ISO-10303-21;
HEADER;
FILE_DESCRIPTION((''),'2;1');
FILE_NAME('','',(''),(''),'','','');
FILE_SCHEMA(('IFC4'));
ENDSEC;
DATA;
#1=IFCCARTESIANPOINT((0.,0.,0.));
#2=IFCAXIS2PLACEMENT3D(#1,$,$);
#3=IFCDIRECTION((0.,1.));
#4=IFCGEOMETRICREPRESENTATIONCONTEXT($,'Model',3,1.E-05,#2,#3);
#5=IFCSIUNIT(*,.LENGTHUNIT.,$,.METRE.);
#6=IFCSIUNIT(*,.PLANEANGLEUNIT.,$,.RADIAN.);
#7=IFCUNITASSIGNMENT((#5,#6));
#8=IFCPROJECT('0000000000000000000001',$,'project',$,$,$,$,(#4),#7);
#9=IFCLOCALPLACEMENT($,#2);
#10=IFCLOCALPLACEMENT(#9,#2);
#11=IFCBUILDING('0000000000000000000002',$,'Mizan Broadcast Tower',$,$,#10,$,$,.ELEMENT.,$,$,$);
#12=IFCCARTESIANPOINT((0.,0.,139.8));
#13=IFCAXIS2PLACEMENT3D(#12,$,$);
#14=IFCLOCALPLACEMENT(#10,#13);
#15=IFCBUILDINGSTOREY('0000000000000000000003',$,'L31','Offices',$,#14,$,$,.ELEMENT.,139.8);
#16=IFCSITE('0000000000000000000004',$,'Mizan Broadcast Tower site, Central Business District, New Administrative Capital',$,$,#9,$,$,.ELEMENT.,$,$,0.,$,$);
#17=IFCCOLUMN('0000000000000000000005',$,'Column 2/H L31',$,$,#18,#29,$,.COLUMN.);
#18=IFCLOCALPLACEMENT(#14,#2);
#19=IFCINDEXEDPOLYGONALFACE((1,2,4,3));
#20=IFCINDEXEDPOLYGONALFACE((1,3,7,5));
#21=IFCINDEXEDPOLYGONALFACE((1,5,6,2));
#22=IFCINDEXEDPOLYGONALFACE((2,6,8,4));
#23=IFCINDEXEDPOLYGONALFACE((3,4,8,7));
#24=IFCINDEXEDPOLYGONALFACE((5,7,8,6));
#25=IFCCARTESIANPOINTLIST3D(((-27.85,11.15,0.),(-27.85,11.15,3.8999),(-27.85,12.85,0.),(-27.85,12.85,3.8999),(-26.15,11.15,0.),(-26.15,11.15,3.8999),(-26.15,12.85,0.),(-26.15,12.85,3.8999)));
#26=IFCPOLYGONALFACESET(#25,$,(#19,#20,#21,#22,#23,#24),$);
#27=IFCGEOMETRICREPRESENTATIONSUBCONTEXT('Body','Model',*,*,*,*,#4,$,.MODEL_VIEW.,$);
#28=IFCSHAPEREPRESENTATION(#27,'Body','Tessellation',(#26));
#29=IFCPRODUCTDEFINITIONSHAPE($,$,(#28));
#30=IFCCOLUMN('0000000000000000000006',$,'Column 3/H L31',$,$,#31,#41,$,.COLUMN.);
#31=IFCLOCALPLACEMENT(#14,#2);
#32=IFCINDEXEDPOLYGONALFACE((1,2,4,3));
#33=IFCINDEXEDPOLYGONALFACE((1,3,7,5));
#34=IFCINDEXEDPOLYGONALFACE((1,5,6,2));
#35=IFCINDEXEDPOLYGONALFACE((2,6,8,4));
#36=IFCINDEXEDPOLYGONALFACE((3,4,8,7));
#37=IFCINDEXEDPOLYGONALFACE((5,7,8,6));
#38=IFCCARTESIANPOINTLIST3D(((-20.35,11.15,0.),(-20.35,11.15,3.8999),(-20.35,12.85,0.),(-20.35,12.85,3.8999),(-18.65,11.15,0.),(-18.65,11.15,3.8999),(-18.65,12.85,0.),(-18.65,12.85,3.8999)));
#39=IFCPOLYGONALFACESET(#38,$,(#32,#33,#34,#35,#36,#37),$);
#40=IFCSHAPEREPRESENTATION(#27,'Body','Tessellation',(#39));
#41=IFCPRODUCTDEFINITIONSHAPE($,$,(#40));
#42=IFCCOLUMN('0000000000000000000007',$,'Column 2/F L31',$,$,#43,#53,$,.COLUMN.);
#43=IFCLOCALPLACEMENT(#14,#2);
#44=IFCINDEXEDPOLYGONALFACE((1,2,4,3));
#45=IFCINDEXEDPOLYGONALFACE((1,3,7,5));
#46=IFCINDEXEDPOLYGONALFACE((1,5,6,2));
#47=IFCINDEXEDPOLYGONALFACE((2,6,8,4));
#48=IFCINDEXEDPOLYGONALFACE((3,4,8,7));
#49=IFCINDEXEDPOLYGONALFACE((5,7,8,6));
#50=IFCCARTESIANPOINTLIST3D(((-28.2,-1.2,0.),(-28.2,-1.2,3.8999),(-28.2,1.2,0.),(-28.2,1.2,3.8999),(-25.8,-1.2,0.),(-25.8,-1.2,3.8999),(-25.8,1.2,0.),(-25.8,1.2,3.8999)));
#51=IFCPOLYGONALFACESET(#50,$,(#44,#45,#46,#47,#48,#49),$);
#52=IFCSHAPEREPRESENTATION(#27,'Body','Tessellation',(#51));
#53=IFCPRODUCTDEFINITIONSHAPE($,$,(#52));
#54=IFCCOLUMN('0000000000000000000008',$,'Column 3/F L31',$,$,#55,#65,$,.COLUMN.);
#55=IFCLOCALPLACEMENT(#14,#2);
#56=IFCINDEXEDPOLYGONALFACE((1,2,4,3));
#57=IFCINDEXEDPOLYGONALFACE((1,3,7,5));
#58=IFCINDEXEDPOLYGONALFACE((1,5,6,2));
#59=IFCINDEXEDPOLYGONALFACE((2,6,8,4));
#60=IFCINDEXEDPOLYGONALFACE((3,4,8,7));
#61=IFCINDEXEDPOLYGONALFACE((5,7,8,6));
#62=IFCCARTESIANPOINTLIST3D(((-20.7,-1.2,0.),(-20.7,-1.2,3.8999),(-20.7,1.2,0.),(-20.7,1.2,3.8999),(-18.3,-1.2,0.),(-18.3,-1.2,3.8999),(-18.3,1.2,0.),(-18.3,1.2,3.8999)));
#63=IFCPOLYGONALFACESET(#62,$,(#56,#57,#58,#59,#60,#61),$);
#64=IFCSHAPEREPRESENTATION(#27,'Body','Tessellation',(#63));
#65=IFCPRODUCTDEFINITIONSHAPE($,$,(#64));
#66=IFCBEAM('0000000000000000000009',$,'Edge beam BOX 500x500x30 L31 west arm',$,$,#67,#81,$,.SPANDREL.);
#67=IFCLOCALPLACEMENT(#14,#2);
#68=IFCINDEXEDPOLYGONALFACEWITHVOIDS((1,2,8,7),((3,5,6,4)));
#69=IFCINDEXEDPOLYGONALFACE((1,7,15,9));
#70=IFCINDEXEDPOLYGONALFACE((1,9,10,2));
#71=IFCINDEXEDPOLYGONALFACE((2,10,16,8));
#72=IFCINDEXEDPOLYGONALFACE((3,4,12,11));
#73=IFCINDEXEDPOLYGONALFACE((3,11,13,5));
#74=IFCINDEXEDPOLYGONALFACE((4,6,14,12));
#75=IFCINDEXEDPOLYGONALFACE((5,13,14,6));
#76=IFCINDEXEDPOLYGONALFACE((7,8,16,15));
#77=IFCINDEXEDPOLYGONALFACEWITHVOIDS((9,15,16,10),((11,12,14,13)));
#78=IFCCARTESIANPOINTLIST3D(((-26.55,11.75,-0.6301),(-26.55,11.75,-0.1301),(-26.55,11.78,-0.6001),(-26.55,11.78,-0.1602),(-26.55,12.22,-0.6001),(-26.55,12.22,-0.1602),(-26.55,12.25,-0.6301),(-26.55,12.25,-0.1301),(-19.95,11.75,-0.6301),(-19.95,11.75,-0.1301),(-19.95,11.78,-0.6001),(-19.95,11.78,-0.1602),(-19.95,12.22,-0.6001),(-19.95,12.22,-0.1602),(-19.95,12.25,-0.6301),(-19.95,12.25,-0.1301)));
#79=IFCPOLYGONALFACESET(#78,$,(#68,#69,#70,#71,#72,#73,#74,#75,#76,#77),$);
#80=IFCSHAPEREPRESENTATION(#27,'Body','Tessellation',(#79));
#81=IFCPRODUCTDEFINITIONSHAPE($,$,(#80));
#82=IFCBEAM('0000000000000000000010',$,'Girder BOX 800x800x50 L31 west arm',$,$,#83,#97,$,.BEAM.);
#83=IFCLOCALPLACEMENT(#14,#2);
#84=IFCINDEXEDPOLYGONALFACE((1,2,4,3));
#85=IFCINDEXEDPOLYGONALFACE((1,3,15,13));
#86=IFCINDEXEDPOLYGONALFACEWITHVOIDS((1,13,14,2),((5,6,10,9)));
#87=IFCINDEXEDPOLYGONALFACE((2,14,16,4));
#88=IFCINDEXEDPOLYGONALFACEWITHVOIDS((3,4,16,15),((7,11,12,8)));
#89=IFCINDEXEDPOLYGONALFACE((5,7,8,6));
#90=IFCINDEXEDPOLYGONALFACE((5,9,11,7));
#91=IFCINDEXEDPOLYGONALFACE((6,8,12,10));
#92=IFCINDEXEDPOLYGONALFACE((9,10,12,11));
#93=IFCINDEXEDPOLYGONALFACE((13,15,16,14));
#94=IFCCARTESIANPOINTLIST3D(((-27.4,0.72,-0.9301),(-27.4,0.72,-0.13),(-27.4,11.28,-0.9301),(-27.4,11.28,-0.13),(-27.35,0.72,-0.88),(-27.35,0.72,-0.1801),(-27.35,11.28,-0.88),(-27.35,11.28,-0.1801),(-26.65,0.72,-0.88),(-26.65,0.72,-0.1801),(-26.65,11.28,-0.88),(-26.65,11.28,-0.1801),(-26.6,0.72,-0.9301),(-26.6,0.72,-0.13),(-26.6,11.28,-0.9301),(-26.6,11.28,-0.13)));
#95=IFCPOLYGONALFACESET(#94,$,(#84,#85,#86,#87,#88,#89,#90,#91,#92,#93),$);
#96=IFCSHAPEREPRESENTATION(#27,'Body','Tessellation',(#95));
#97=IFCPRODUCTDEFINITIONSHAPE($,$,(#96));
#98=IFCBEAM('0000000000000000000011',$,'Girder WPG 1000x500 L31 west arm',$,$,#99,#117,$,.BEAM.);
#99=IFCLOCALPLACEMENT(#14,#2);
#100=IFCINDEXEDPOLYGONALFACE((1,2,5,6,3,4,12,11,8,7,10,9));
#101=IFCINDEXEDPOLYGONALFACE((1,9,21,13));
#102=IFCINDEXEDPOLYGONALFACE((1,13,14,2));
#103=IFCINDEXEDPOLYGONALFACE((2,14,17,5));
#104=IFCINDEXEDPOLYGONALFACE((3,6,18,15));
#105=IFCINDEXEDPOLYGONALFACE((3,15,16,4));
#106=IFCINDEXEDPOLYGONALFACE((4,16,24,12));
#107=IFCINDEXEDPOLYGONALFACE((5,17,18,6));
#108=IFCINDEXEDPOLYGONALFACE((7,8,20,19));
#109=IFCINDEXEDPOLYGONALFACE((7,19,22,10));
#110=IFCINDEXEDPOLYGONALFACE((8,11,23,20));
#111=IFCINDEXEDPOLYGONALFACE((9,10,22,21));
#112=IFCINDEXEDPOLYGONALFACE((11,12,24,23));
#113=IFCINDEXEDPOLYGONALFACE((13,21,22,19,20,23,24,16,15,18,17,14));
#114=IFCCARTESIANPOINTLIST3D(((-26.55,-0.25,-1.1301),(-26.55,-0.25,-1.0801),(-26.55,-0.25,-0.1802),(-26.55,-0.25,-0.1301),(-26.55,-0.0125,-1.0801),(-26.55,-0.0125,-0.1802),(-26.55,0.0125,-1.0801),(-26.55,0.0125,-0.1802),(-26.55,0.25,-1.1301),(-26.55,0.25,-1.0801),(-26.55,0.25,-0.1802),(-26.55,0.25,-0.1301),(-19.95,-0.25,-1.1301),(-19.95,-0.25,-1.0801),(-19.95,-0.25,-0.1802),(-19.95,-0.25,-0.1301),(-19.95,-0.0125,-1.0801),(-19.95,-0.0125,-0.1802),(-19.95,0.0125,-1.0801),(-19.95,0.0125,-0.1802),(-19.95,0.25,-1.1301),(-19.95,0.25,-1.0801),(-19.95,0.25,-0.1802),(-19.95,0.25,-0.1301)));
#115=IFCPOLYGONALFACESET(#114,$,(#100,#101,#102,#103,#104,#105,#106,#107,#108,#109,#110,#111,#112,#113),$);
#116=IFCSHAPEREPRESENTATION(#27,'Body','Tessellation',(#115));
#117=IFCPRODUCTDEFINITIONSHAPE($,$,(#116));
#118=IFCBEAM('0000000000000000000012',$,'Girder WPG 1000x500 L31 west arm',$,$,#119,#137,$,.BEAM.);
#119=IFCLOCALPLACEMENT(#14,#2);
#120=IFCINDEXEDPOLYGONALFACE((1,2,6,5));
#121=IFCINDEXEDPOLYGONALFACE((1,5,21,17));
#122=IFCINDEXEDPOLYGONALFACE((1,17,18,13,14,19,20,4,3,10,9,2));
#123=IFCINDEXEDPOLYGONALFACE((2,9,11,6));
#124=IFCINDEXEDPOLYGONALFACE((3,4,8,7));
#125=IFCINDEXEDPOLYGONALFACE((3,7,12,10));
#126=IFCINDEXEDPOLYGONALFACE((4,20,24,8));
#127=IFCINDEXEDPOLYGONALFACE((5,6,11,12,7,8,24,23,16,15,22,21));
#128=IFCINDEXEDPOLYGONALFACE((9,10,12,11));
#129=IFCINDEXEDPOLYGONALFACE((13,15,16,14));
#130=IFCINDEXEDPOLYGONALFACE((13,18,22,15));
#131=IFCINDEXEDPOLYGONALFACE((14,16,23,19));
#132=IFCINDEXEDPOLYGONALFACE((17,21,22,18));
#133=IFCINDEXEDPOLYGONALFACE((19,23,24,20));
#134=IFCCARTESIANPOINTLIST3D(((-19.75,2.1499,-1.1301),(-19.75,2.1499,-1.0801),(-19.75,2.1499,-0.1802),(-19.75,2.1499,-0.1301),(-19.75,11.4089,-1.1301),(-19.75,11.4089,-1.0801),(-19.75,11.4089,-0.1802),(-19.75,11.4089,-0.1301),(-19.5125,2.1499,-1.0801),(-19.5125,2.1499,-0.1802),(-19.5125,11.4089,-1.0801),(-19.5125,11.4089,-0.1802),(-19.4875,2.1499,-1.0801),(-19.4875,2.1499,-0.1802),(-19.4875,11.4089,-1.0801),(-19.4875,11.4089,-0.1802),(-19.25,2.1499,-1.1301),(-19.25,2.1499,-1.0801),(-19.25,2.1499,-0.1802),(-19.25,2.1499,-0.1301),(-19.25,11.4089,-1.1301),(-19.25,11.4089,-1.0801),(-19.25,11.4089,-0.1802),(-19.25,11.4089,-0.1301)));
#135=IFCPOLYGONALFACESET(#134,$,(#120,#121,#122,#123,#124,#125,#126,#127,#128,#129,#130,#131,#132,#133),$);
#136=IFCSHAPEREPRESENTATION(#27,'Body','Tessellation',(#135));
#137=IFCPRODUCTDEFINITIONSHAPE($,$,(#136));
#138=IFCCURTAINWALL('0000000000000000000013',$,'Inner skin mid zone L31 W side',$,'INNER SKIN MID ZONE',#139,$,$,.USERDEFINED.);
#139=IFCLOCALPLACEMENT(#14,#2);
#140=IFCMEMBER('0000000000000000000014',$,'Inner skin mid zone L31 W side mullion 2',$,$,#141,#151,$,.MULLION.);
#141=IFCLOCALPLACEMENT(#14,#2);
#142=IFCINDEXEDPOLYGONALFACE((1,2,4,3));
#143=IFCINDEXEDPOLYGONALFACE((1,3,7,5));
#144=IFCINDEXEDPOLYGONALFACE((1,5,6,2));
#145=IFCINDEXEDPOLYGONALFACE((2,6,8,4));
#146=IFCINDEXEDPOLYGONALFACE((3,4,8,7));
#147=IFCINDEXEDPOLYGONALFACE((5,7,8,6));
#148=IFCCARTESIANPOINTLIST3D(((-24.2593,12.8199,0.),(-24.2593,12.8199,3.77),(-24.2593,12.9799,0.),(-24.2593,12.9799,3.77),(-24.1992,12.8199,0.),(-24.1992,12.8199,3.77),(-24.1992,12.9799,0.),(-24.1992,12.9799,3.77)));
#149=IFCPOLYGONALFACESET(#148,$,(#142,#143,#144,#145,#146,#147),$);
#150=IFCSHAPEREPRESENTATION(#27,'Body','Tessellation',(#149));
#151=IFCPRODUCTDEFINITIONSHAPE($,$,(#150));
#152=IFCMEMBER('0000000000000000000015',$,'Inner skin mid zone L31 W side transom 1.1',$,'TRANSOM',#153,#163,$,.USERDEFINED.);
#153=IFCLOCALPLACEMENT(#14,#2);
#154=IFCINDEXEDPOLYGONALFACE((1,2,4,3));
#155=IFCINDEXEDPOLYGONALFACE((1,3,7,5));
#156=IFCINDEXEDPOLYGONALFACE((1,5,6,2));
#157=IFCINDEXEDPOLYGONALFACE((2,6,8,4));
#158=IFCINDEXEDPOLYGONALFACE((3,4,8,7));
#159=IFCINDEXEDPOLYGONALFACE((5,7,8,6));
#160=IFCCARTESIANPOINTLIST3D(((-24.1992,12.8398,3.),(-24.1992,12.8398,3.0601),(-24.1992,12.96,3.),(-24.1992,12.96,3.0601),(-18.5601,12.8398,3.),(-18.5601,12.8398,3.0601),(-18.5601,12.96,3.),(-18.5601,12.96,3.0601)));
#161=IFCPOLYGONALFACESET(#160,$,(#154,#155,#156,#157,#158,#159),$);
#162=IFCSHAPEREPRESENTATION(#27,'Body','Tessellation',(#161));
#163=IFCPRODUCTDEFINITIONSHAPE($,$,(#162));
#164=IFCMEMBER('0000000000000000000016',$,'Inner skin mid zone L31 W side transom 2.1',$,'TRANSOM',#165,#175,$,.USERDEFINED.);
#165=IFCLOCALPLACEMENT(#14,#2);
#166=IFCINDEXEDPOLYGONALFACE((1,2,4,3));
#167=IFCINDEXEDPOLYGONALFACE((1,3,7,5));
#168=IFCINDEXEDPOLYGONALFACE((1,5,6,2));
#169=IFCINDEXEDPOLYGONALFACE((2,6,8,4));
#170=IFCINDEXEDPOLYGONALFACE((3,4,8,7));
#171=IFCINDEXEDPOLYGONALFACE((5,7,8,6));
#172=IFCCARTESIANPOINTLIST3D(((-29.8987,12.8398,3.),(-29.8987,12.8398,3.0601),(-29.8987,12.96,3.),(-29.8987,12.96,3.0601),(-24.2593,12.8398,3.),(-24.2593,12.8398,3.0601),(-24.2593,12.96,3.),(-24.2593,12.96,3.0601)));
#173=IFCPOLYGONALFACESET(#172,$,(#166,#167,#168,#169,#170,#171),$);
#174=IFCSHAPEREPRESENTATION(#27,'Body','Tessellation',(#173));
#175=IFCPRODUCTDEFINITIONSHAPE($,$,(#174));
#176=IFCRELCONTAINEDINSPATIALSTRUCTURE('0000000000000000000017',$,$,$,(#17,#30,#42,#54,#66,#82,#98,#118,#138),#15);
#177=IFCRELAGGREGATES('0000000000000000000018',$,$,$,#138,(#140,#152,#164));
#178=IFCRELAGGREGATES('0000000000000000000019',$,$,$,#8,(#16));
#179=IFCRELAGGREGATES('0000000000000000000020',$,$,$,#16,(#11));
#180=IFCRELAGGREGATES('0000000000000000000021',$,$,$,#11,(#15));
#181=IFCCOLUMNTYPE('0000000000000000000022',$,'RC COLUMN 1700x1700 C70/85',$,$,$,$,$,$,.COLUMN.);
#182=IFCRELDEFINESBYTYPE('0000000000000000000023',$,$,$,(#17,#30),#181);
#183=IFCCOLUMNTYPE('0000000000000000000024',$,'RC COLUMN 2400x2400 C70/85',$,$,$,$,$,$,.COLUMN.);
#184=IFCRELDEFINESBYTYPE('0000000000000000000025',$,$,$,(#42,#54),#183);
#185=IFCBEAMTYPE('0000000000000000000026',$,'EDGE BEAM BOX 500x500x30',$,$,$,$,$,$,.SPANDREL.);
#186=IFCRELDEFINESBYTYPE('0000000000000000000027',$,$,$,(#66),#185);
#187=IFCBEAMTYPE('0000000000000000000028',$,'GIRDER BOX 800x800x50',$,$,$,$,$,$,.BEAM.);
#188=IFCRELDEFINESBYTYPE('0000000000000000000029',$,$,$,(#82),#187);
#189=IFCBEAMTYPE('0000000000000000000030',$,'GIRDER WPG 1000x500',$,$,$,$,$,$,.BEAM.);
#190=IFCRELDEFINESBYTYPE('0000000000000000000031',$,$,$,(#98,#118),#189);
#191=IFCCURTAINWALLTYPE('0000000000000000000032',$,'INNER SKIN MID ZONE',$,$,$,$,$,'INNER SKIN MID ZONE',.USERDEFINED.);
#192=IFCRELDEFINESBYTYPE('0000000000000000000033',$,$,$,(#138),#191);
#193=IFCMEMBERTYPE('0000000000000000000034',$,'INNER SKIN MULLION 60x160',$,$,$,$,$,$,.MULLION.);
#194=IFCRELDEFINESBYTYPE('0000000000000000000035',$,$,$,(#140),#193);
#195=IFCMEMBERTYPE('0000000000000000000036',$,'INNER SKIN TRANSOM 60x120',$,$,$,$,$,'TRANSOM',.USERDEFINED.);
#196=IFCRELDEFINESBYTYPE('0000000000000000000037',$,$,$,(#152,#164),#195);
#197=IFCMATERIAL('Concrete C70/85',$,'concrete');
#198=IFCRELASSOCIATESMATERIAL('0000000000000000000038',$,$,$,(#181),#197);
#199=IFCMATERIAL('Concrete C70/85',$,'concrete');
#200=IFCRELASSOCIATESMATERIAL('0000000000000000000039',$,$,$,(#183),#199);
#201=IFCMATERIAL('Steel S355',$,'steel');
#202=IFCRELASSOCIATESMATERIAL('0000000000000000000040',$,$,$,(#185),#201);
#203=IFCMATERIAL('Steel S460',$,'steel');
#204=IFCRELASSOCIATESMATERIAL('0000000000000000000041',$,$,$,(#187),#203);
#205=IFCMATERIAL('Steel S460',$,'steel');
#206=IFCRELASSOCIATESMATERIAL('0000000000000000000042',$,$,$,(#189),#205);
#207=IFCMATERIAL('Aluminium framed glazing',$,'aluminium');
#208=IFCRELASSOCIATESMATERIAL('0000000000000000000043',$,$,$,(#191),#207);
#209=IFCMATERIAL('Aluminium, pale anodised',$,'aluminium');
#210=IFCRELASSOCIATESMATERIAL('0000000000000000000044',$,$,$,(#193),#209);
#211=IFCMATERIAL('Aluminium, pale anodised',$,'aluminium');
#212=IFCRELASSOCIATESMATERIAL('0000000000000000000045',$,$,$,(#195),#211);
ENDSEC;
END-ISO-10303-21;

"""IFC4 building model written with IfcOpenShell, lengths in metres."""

from ifc_helpers import new_model, si_unit, direction, frame, origin, origin_2d, place, context, subcontext, project, spatial, rectangle, hollow_rectangle, i_section, extrude, material, material_profile, profile_set, type_object, element, aggregate, save


model = new_model("IFC4")

# Units and contexts
model_context = context("Model", 3, precision=1e-05, world=origin(), true_north=direction((0.0, 1.0)))
body_context = subcontext(model_context, "Body", "Model", "MODEL_VIEW")
ifc_project = project(units=[si_unit("LENGTHUNIT", "METRE"), si_unit("PLANEANGLEUNIT", "RADIAN")], contexts=[model_context])

# Site, building, storey
site_placement = place(None, origin())
site = spatial("IfcSite", under=ifc_project, at=site_placement, Name="Mizan Broadcast Tower site, Central Business District, New Administrative Capital", CompositionType="ELEMENT", RefElevation=0.0)
building_placement = place(site_placement, origin())
building = spatial("IfcBuilding", under=site, at=building_placement, Name="Mizan Broadcast Tower", CompositionType="ELEMENT")
storey_placement = place(building_placement, frame((0.0, 0.0, 139.8)))
storey = spatial("IfcBuildingStorey", under=building, at=storey_placement, Name="L31", Description="Offices", CompositionType="ELEMENT", Elevation=139.8)

# Columns
ifc_material_1 = material(Name="Concrete C70/85", Category="concrete")
ifc_material_profile_1 = material_profile(ifc_material_1, rectangle(XDim=1.7, YDim=1.7, at=origin_2d()), Name="RC 1700x1700")
ifc_profile_set_1 = profile_set([ifc_material_profile_1], Name="Concrete C70/85")
column_type_1 = type_object("IfcColumnType", Name="RC COLUMN 1700x1700 C70/85", PredefinedType="COLUMN", material=ifc_profile_set_1)
for number, where, z_axis, x_axis, name in (
    (1, (-27.0, 12.0, 0.0), (0.0, 0.0, 1.0), (1.0, 0.0, 0.0), "Column 2/H L31"),
    (2, (-19.5, 12.0, 0.0), (0.0, 0.0, 1.0), (1.0, 0.0, 0.0), "Column 3/H L31"),
):
    element("IfcColumn", number, at=place(storey_placement, frame(where, z_axis=z_axis, x_axis=x_axis)), inside=storey, type_object=column_type_1, Name=name, PredefinedType="COLUMN", context=body_context, shape_type="SweptSolid", body=[
        extrude(rectangle(XDim=1.7, YDim=1.7, at=origin_2d()), origin(), (0.0, 0.0, 1.0), 3.8999),
    ])
ifc_material_2 = material(Name="Concrete C70/85", Category="concrete")
ifc_material_profile_2 = material_profile(ifc_material_2, rectangle(XDim=2.3999, YDim=2.3999, at=origin_2d()), Name="RC 2400x2400")
ifc_profile_set_2 = profile_set([ifc_material_profile_2], Name="Concrete C70/85")
column_type_2 = type_object("IfcColumnType", Name="RC COLUMN 2400x2400 C70/85", PredefinedType="COLUMN", material=ifc_profile_set_2)
for number, where, z_axis, x_axis, name in (
    (3, (-27.0, 0.0, 0.0), (0.0, 0.0, 1.0), (1.0, 0.0, 0.0), "Column 2/F L31"),
    (4, (-19.5, 0.0, 0.0), (0.0, 0.0, 1.0), (1.0, 0.0, 0.0), "Column 3/F L31"),
):
    element("IfcColumn", number, at=place(storey_placement, frame(where, z_axis=z_axis, x_axis=x_axis)), inside=storey, type_object=column_type_2, Name=name, PredefinedType="COLUMN", context=body_context, shape_type="SweptSolid", body=[
        extrude(rectangle(XDim=2.3999, YDim=2.3999, at=origin_2d()), origin(), (0.0, 0.0, 1.0), 3.8999),
    ])

# Beams
ifc_material_3 = material(Name="Steel S355", Category="steel")
ifc_material_profile_3 = material_profile(ifc_material_3, hollow_rectangle(XDim=0.5, YDim=0.5, WallThickness=0.03, at=origin_2d()), Name="BOX 500x500x30")
ifc_profile_set_3 = profile_set([ifc_material_profile_3], Name="Steel S355")
beam_type_1 = type_object("IfcBeamType", Name="EDGE BEAM BOX 500x500x30", PredefinedType="SPANDREL", material=ifc_profile_set_3)
beam_1_placement = place(storey_placement, frame((-19.95, 12.0, -0.3801), z_axis=(-1.0, 0.0, 0.0), x_axis=(0.0, -1.0, 0.0)))
element("IfcBeam", 5, at=beam_1_placement, inside=storey, type_object=beam_type_1, Name="Edge beam BOX 500x500x30 L31 west arm", PredefinedType="SPANDREL", context=body_context, shape_type="SweptSolid", body=[
    extrude(hollow_rectangle(XDim=0.5, YDim=0.5, WallThickness=0.03, at=origin_2d()), origin(), (0.0, 0.0, 1.0), 6.6001),
])
ifc_material_4 = material(Name="Steel S460", Category="steel")
ifc_material_profile_4 = material_profile(ifc_material_4, hollow_rectangle(XDim=0.8, YDim=0.8, WallThickness=0.05, at=origin_2d()), Name="BOX 800x800x50")
ifc_profile_set_4 = profile_set([ifc_material_profile_4], Name="Steel S460")
beam_type_2 = type_object("IfcBeamType", Name="GIRDER BOX 800x800x50", PredefinedType="BEAM", material=ifc_profile_set_4)
beam_2_placement = place(storey_placement, frame((-27.0, 11.28, -0.53), z_axis=(0.0, -1.0, 0.0), x_axis=(1.0, 0.0, 0.0)))
element("IfcBeam", 6, at=beam_2_placement, inside=storey, type_object=beam_type_2, Name="Girder BOX 800x800x50 L31 west arm", PredefinedType="BEAM", context=body_context, shape_type="SweptSolid", body=[
    extrude(hollow_rectangle(XDim=0.8, YDim=0.8, WallThickness=0.05, at=origin_2d()), origin(), (0.0, 0.0, 1.0), 10.5601),
])
ifc_material_5 = material(Name="Steel S460", Category="steel")
ifc_material_profile_5 = material_profile(ifc_material_5, i_section(OverallWidth=0.5, OverallDepth=1.0, WebThickness=0.0249, FlangeThickness=0.05, at=origin_2d()), Name="WPG 1000x500")
ifc_profile_set_5 = profile_set([ifc_material_profile_5], Name="Steel S460")
beam_type_3 = type_object("IfcBeamType", Name="GIRDER WPG 1000x500", PredefinedType="BEAM", material=ifc_profile_set_5)
beam_3_placement = place(storey_placement, frame((-19.95, 0.0, -0.6301), z_axis=(-1.0, 0.0, 0.0), x_axis=(0.0, -1.0, 0.0)))
element("IfcBeam", 7, at=beam_3_placement, inside=storey, type_object=beam_type_3, Name="Girder WPG 1000x500 L31 west arm", PredefinedType="BEAM", context=body_context, shape_type="SweptSolid", body=[
    extrude(i_section(OverallWidth=0.5, OverallDepth=1.0, WebThickness=0.0249, FlangeThickness=0.05, at=origin_2d()), origin(), (0.0, 0.0, 1.0), 6.6001),
])
beam_4_placement = place(storey_placement, frame((-19.5, 11.4089, -0.6301), z_axis=(0.0, -1.0, 0.0), x_axis=(1.0, 0.0, 0.0)))
element("IfcBeam", 8, at=beam_4_placement, inside=storey, type_object=beam_type_3, Name="Girder WPG 1000x500 L31 west arm", PredefinedType="BEAM", context=body_context, shape_type="SweptSolid", body=[
    extrude(i_section(OverallWidth=0.5, OverallDepth=1.0, WebThickness=0.0249, FlangeThickness=0.05, at=origin_2d()), origin(), (0.0, 0.0, 1.0), 9.259),
])

# Curtain wall, members
ifc_material_6 = material(Name="Aluminium framed glazing", Category="aluminium")
curtain_wall_type_1 = type_object("IfcCurtainWallType", Name="INNER SKIN MID ZONE", ElementType="INNER SKIN MID ZONE", PredefinedType="USERDEFINED", material=ifc_material_6)
curtain_wall_1_placement = place(storey_placement, origin())
curtain_wall_1 = element("IfcCurtainWall", 9, at=curtain_wall_1_placement, inside=storey, type_object=curtain_wall_type_1, Name="Inner skin mid zone L31 W side", ObjectType="INNER SKIN MID ZONE", PredefinedType="USERDEFINED")
ifc_material_7 = material(Name="Aluminium, pale anodised", Category="aluminium")
ifc_material_profile_6 = material_profile(ifc_material_7, rectangle(XDim=0.1599, YDim=0.0601, at=origin_2d()), Name="MULLION 160x60")
ifc_profile_set_6 = profile_set([ifc_material_profile_6], Name="Aluminium, pale anodised")
member_type_1 = type_object("IfcMemberType", Name="INNER SKIN MULLION 60x160", PredefinedType="MULLION", material=ifc_profile_set_6)
member_1_placement = place(storey_placement, frame((-24.2292, 12.8999, 0.0), z_axis=(0.0, 0.0, 1.0), x_axis=(0.0, -1.0, 0.0)))
member_1 = element("IfcMember", 10, at=member_1_placement, type_object=member_type_1, Name="Inner skin mid zone L31 W side mullion 2", PredefinedType="MULLION", context=body_context, shape_type="SweptSolid", body=[
    extrude(rectangle(XDim=0.1599, YDim=0.0601, at=origin_2d()), origin(), (0.0, 0.0, 1.0), 3.77),
])
ifc_material_8 = material(Name="Aluminium, pale anodised", Category="aluminium")
ifc_material_profile_7 = material_profile(ifc_material_8, rectangle(XDim=0.1201, YDim=0.0601, at=origin_2d()), Name="TRANSOM 120x60")
ifc_profile_set_7 = profile_set([ifc_material_profile_7], Name="Aluminium, pale anodised")
member_type_2 = type_object("IfcMemberType", Name="INNER SKIN TRANSOM 60x120", ElementType="TRANSOM", PredefinedType="USERDEFINED", material=ifc_profile_set_7)
member_2_placement = place(storey_placement, frame((-18.5601, 12.8999, 3.03), z_axis=(-1.0, 0.0, 0.0), x_axis=(0.0, -1.0, 0.0)))
member_2 = element("IfcMember", 11, at=member_2_placement, type_object=member_type_2, Name="Inner skin mid zone L31 W side transom 1.1", ObjectType="TRANSOM", PredefinedType="USERDEFINED", context=body_context, shape_type="SweptSolid", body=[
    extrude(rectangle(XDim=0.1201, YDim=0.0601, at=origin_2d()), origin(), (0.0, 0.0, 1.0), 5.6392),
])
member_3_placement = place(storey_placement, frame((-24.2593, 12.8999, 3.03), z_axis=(-1.0, 0.0, 0.0), x_axis=(0.0, -1.0, 0.0)))
member_3 = element("IfcMember", 12, at=member_3_placement, type_object=member_type_2, Name="Inner skin mid zone L31 W side transom 2.1", ObjectType="TRANSOM", PredefinedType="USERDEFINED", context=body_context, shape_type="SweptSolid", body=[
    extrude(rectangle(XDim=0.1201, YDim=0.0601, at=origin_2d()), origin(), (0.0, 0.0, 1.0), 5.6394),
])

aggregate(curtain_wall_1, [member_1, member_2, member_3])

save(model, "model.ifc")
